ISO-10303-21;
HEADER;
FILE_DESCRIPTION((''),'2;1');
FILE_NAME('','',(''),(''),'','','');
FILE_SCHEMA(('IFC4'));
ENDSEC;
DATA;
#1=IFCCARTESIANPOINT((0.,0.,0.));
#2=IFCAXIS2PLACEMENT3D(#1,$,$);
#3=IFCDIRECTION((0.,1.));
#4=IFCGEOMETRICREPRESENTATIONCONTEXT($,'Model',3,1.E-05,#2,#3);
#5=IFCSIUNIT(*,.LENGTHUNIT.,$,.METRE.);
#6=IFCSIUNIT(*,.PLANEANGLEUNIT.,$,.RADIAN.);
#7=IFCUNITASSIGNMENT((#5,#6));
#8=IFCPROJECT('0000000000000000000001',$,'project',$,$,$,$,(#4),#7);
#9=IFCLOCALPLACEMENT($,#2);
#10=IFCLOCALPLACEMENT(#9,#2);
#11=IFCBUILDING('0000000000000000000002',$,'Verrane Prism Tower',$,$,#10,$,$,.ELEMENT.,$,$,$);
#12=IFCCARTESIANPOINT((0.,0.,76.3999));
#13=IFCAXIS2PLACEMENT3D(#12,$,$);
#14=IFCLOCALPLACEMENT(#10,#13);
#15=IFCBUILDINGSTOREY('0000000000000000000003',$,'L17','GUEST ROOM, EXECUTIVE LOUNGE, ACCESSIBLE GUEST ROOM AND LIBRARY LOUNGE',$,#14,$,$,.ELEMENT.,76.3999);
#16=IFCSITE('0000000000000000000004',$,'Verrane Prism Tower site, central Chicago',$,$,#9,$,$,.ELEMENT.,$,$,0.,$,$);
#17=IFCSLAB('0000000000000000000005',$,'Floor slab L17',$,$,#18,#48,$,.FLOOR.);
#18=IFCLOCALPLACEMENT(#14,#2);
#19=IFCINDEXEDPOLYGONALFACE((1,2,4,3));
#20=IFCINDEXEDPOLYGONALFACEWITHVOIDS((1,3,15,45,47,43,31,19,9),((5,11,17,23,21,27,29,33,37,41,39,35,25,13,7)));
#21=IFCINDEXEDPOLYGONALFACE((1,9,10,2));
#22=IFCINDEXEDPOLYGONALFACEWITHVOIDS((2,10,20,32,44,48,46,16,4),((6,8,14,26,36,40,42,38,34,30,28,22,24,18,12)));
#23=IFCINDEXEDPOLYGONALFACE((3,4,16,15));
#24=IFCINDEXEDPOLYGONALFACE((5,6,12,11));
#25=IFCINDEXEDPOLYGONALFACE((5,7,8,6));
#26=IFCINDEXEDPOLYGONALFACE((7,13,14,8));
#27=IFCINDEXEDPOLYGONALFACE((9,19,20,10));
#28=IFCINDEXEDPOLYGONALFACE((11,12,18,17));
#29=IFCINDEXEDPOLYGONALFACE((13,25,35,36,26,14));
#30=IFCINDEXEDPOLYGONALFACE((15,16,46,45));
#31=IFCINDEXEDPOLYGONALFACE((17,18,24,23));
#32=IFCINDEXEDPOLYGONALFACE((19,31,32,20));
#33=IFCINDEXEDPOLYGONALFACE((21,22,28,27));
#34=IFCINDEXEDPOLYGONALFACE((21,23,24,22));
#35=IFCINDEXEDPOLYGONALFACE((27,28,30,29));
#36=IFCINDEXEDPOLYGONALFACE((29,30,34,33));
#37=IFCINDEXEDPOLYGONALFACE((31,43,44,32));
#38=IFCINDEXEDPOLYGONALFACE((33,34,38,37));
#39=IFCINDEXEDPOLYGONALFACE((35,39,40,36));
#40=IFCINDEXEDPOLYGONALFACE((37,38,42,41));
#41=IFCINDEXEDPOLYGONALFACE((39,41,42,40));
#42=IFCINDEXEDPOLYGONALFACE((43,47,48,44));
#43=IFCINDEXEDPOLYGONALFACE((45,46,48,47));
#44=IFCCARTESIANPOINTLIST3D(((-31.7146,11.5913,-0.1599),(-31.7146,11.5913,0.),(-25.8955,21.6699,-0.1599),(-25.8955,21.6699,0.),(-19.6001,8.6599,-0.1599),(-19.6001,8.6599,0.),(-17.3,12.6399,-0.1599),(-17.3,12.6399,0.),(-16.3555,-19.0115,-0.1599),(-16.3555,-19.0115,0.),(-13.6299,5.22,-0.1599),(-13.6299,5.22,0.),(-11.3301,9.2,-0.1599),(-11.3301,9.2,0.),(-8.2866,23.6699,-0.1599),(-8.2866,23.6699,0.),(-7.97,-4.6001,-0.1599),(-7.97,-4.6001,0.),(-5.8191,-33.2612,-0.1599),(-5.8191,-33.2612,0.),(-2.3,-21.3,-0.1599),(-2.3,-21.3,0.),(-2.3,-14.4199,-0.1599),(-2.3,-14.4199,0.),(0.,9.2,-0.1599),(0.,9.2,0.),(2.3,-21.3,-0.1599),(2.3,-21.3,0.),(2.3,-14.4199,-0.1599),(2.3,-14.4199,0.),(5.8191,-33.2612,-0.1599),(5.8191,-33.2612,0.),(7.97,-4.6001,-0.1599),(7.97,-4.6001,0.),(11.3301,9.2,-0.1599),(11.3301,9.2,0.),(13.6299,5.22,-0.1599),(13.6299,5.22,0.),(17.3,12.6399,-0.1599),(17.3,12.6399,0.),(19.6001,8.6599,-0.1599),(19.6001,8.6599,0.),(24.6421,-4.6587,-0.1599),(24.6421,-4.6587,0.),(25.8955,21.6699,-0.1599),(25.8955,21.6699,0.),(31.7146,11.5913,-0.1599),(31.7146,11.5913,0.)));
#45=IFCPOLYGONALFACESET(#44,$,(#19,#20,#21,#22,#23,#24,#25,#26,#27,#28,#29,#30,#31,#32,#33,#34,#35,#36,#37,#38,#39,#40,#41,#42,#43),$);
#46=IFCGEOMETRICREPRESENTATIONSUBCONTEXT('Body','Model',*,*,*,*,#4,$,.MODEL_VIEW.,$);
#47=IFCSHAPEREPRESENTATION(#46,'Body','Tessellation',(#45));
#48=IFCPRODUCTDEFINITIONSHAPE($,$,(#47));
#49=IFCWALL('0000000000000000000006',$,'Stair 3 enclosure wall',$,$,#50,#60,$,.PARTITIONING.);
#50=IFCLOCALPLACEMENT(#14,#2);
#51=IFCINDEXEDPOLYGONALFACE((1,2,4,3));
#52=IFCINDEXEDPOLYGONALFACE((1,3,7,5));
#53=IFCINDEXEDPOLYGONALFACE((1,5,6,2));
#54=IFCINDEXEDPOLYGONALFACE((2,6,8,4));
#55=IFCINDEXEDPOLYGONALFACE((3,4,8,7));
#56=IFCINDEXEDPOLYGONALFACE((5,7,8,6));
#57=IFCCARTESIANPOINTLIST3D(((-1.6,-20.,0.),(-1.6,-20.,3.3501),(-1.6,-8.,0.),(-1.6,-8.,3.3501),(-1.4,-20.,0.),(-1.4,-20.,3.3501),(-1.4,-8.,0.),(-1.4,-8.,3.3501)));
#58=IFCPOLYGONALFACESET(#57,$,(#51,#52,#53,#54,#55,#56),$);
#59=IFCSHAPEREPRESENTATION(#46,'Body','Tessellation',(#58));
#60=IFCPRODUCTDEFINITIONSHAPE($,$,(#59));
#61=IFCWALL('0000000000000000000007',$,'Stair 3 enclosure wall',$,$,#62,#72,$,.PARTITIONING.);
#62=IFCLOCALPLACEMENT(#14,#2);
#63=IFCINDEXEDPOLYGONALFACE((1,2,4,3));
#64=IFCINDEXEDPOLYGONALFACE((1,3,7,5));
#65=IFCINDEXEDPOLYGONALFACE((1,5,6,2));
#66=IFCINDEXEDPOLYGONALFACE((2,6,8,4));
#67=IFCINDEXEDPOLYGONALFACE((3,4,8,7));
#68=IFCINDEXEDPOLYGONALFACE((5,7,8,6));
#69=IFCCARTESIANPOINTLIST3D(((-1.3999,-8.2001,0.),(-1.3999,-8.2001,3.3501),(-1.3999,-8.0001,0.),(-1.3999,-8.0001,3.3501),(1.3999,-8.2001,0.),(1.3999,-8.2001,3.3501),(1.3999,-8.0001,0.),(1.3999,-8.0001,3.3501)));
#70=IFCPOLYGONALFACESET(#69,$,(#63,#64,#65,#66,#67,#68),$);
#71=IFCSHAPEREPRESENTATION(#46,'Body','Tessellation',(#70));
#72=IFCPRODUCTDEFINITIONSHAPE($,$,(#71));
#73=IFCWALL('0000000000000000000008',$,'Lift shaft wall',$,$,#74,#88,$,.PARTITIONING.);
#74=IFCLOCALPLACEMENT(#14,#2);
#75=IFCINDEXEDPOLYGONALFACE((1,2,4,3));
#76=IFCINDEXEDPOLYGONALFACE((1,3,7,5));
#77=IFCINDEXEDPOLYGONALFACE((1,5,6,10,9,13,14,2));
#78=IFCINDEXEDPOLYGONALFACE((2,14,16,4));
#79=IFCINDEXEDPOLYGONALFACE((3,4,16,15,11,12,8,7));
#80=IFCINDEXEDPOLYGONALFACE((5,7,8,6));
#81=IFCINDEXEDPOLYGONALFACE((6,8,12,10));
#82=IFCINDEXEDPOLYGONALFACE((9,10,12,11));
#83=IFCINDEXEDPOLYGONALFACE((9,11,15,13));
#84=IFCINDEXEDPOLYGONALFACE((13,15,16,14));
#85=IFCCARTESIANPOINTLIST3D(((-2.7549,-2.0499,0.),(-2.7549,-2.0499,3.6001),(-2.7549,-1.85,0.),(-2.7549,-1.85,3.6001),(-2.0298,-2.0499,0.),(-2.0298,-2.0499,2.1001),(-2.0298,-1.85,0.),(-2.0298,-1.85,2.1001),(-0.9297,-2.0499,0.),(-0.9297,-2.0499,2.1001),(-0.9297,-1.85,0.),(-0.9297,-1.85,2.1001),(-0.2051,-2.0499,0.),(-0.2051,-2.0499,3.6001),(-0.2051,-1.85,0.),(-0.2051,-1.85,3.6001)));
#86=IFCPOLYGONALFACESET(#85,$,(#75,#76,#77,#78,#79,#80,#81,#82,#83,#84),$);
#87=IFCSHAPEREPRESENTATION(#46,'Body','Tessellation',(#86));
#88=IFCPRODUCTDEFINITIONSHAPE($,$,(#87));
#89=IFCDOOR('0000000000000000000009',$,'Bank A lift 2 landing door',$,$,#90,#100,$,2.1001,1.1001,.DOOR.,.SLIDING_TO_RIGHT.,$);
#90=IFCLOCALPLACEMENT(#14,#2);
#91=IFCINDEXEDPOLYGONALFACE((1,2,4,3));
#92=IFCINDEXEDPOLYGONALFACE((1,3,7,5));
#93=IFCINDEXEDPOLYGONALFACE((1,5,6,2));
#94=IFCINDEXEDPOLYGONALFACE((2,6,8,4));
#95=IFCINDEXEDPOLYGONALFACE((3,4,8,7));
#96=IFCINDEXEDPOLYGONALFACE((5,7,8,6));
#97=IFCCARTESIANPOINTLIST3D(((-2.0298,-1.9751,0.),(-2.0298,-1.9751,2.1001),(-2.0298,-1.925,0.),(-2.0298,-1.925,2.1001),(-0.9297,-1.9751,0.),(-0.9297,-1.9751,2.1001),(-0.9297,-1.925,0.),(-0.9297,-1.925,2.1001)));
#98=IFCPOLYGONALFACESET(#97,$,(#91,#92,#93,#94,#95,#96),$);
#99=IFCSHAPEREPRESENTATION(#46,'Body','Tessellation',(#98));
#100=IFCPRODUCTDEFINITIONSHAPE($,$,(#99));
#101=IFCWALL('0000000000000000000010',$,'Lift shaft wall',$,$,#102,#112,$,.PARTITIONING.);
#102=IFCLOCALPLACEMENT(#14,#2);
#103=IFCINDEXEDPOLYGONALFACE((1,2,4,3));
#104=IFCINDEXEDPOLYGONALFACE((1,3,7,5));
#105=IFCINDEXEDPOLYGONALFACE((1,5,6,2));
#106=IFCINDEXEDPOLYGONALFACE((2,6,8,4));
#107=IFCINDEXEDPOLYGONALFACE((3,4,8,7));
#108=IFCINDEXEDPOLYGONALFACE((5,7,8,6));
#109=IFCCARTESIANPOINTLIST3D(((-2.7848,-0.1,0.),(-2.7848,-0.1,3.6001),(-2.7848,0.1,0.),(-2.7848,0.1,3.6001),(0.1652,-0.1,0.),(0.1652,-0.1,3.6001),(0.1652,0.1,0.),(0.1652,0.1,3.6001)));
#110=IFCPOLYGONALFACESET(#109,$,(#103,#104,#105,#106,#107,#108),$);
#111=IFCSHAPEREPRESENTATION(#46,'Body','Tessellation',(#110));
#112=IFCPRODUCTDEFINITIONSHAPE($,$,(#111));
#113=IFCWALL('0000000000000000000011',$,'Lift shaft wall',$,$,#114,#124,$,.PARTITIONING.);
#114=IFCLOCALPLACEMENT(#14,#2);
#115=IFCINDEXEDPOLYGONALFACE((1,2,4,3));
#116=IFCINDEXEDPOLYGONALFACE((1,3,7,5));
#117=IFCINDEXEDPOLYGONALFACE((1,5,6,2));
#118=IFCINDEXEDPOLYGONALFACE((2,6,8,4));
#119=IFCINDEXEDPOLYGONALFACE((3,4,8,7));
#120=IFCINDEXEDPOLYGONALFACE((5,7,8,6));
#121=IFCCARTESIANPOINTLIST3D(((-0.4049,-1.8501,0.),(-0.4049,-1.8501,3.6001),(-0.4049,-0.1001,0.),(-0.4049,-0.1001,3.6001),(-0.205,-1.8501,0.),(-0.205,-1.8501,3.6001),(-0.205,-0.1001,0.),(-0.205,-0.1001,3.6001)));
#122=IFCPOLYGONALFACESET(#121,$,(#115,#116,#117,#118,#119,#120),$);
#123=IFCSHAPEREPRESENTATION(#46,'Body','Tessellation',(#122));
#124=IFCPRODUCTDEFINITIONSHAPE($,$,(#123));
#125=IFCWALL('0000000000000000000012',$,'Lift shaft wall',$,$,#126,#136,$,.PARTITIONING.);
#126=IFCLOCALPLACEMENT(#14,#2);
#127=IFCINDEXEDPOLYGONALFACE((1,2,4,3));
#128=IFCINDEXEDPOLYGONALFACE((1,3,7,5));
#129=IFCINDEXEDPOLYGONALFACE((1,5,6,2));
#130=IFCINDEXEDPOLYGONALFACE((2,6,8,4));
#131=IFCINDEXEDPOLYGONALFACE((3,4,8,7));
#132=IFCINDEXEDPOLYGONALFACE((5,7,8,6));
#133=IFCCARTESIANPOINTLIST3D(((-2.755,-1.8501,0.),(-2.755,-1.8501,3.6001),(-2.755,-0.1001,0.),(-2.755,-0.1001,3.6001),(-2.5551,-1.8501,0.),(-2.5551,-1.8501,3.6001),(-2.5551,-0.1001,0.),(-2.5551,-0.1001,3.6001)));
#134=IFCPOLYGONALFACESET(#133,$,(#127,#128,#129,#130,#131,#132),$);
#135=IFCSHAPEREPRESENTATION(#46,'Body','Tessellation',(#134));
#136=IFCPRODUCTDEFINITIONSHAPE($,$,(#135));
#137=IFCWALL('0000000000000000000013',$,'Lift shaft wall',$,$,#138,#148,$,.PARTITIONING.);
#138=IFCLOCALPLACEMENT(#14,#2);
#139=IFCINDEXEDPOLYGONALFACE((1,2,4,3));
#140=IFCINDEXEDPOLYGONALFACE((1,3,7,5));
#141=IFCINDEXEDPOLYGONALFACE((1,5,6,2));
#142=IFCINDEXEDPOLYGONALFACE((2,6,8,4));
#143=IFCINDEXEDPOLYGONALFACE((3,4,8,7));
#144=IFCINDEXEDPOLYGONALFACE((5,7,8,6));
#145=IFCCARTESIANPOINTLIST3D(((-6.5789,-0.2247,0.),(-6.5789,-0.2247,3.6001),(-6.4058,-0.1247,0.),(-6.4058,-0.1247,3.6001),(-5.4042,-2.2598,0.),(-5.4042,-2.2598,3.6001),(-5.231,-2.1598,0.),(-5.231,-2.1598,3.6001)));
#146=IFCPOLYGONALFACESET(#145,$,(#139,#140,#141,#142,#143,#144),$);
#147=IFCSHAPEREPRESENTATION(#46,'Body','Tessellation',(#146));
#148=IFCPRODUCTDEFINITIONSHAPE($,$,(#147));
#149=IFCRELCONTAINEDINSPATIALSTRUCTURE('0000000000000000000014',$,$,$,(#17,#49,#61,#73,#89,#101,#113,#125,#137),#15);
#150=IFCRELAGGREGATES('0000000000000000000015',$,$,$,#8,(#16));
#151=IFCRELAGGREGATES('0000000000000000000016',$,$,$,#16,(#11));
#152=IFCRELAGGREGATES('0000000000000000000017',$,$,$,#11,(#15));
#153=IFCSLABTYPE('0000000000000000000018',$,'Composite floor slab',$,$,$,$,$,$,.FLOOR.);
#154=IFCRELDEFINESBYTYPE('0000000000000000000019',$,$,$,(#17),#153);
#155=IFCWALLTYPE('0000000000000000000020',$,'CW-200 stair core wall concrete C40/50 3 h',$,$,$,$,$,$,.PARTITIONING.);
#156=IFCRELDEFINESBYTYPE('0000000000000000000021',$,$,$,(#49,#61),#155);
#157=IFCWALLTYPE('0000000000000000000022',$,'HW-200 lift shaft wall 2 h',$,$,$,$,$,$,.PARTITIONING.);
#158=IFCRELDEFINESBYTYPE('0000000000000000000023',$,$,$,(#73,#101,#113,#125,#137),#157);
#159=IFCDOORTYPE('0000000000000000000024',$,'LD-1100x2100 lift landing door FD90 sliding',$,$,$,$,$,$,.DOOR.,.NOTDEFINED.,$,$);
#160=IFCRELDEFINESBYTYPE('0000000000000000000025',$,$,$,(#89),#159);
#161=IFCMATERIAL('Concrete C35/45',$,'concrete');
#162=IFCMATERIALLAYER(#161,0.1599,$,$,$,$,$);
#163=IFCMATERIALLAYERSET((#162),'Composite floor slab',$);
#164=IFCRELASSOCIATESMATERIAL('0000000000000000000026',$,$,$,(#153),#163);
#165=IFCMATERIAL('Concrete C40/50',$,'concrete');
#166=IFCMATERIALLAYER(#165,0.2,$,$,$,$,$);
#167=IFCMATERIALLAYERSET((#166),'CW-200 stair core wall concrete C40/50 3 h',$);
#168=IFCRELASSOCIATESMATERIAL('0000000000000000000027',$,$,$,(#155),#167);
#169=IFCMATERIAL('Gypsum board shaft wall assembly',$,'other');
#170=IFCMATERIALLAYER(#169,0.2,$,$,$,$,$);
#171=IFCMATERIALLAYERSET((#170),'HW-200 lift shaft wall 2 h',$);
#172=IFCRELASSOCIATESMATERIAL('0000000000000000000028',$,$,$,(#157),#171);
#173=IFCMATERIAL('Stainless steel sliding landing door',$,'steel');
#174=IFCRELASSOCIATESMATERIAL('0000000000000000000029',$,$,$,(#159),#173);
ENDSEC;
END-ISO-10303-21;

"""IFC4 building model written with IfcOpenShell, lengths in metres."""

from ifc_helpers import new_model, si_unit, direction, frame, frame_2d, origin, place, context, subcontext, project, spatial, polyline, rectangle, outline, extrude, material, layer, layer_set, type_object, element, fill, save


model = new_model("IFC4")

# Units and contexts
model_context = context("Model", 3, precision=1e-05, world=origin(), true_north=direction((0.0, 1.0)))
body_context = subcontext(model_context, "Body", "Model", "MODEL_VIEW")
ifc_project = project(units=[si_unit("LENGTHUNIT", "METRE"), si_unit("PLANEANGLEUNIT", "RADIAN")], contexts=[model_context])

# Site, building, storey
site_placement = place(None, origin())
site = spatial("IfcSite", under=ifc_project, at=site_placement, Name="Verrane Prism Tower site, central Chicago", CompositionType="ELEMENT", RefElevation=0.0)
building_placement = place(site_placement, origin())
building = spatial("IfcBuilding", under=site, at=building_placement, Name="Verrane Prism Tower", CompositionType="ELEMENT")
storey_placement = place(building_placement, frame((0.0, 0.0, 76.3999)))
storey = spatial("IfcBuildingStorey", under=building, at=storey_placement, Name="L17", Description="GUEST ROOM, EXECUTIVE LOUNGE, ACCESSIBLE GUEST ROOM AND LIBRARY LOUNGE", CompositionType="ELEMENT", Elevation=76.3999)

# Slab
ifc_material_1 = material(Name="Concrete C35/45", Category="concrete")
ifc_layer_1 = layer(ifc_material_1, 0.1599)
ifc_layer_set_1 = layer_set([ifc_layer_1], Name="Composite floor slab")
slab_type = type_object("IfcSlabType", Name="Composite floor slab", PredefinedType="FLOOR", material=ifc_layer_set_1)
slab_placement = place(storey_placement, frame((0.0, 0.0, -0.1599)))
element("IfcSlab", 1, at=slab_placement, inside=storey, type_object=slab_type, Name="Floor slab L17", PredefinedType="FLOOR", context=body_context, shape_type="SweptSolid", body=[
    extrude(outline(polyline([(24.6421, -4.6587), (5.8191, -33.2612), (-5.8191, -33.2612), (-16.3555, -19.0115), (-31.7146, 11.5913), (-25.8955, 21.6699), (-8.2866, 23.6699), (25.8955, 21.6699), (31.7146, 11.5913), (24.6421, -4.6587)]), holes=[polyline([(19.6001, 8.6599), (17.3, 12.6399), (11.3301, 9.2), (0.0, 9.2), (-11.3301, 9.2), (-17.3, 12.6399), (-19.6001, 8.6599), (-13.6299, 5.22), (-7.97, -4.6001), (-2.3, -14.4199), (-2.3, -21.3), (2.3, -21.3), (2.3, -14.4199), (7.97, -4.6001), (13.6299, 5.22), (19.6001, 8.6599)])]), origin(), (0.0, 0.0, 1.0), 0.1599),
])

# Walls
ifc_material_2 = material(Name="Concrete C40/50", Category="concrete")
ifc_layer_2 = layer(ifc_material_2, 0.2)
ifc_layer_set_2 = layer_set([ifc_layer_2], Name="CW-200 stair core wall concrete C40/50 3 h")
wall_type_1 = type_object("IfcWallType", Name="CW-200 stair core wall concrete C40/50 3 h", PredefinedType="PARTITIONING", material=ifc_layer_set_2)
wall_1_placement = place(storey_placement, frame((-1.5, -8.0, 0.0), z_axis=(0.0, 0.0, 1.0), x_axis=(0.0, -1.0, 0.0)))
element("IfcWall", 2, at=wall_1_placement, inside=storey, type_object=wall_type_1, Name="Stair 3 enclosure wall", PredefinedType="PARTITIONING", context=body_context, shape_type="SweptSolid", body=[
    extrude(rectangle(XDim=12.0, YDim=0.2, at=frame_2d((6.0, 0.0))), origin(), (0.0, 0.0, 1.0), 3.3501),
])
wall_2_placement = place(storey_placement, frame((-1.3999, -8.1001, 0.0), z_axis=(0.0, 0.0, 1.0), x_axis=(1.0, 0.0, 0.0)))
element("IfcWall", 3, at=wall_2_placement, inside=storey, type_object=wall_type_1, Name="Stair 3 enclosure wall", PredefinedType="PARTITIONING", context=body_context, shape_type="SweptSolid", body=[
    extrude(rectangle(XDim=2.7998, YDim=0.2, at=frame_2d((1.3999, 0.0))), origin(), (0.0, 0.0, 1.0), 3.3501),
])

# Wall, opening, door
ifc_material_3 = material(Name="Gypsum board shaft wall assembly", Category="other")
ifc_layer_3 = layer(ifc_material_3, 0.2)
ifc_layer_set_3 = layer_set([ifc_layer_3], Name="HW-200 lift shaft wall 2 h")
wall_type_2 = type_object("IfcWallType", Name="HW-200 lift shaft wall 2 h", PredefinedType="PARTITIONING", material=ifc_layer_set_3)
wall_3_placement = place(storey_placement, frame((-2.7549, -1.95, 0.0), z_axis=(0.0, 0.0, 1.0), x_axis=(1.0, 0.0, 0.0)))
wall_3 = element("IfcWall", 4, at=wall_3_placement, inside=storey, type_object=wall_type_2, Name="Lift shaft wall", PredefinedType="PARTITIONING", context=body_context, shape_type="SweptSolid", body=[
    extrude(rectangle(XDim=2.5498, YDim=0.2, at=frame_2d((1.2749, 0.0))), origin(), (0.0, 0.0, 1.0), 3.6001),
])
opening_1_placement = place(wall_3_placement, frame((0.7251, 0.0, 0.0)))
opening_1 = element("IfcOpeningElement", 5, at=opening_1_placement, cuts=wall_3, PredefinedType="OPENING", context=body_context, shape_type="SweptSolid", body=[
    extrude(rectangle(XDim=1.1001, YDim=2.1001, at=frame_2d((0.55, 1.05))), frame((0.0, 0.1099, 0.0), z_axis=(0.0, -1.0, 0.0), x_axis=(1.0, 0.0, 0.0)), (0.0, 0.0, 1.0), 0.22),
])
ifc_material_4 = material(Name="Stainless steel sliding landing door", Category="steel")
door_type_1 = type_object("IfcDoorType", Name="LD-1100x2100 lift landing door FD90 sliding", OperationType="NOTDEFINED", PredefinedType="DOOR", material=ifc_material_4)
door_1_placement = place(opening_1_placement, origin())
door_1 = element("IfcDoor", 6, at=door_1_placement, inside=storey, type_object=door_type_1, Name="Bank A lift 2 landing door", OperationType="SLIDING_TO_RIGHT", OverallHeight=2.1001, OverallWidth=1.1001, PredefinedType="DOOR", context=body_context, shape_type="SweptSolid", body=[
    extrude(rectangle(XDim=1.1001, YDim=2.1001, at=frame_2d((0.55, 1.05))), frame((0.0, 0.0249, 0.0), z_axis=(0.0, -1.0, 0.0), x_axis=(1.0, 0.0, 0.0)), (0.0, 0.0, 1.0), 0.05),
])
fill(opening_1, door_1)

# Walls
wall_4_placement = place(storey_placement, frame((-2.7849, 0.0, 0.0), z_axis=(0.0, 0.0, 1.0), x_axis=(1.0, 0.0, 0.0)))
element("IfcWall", 7, at=wall_4_placement, inside=storey, type_object=wall_type_2, Name="Lift shaft wall", PredefinedType="PARTITIONING", context=body_context, shape_type="SweptSolid", body=[
    extrude(rectangle(XDim=2.95, YDim=0.2, at=frame_2d((1.4751, 0.0))), origin(), (0.0, 0.0, 1.0), 3.6001),
])
for number, where, z_axis, x_axis, name in (
    (8, (-0.3049, -1.8501, 0.0), (0.0, 0.0, 1.0), (0.0, 1.0, 0.0), "Lift shaft wall"),
    (9, (-2.655, -1.8501, 0.0), (0.0, 0.0, 1.0), (0.0, 1.0, 0.0), "Lift shaft wall"),
):
    element("IfcWall", number, at=place(storey_placement, frame(where, z_axis=z_axis, x_axis=x_axis)), inside=storey, type_object=wall_type_2, Name=name, PredefinedType="PARTITIONING", context=body_context, shape_type="SweptSolid", body=[
        extrude(rectangle(XDim=1.75, YDim=0.2, at=frame_2d((0.875, 0.0))), origin(), (0.0, 0.0, 1.0), 3.6001),
    ])
wall_5_placement = place(storey_placement, frame((-5.3176, -2.2097, 0.0), z_axis=(0.0, 0.0, 1.0), x_axis=(-0.499938, 0.866061, 0.0)))
element("IfcWall", 10, at=wall_5_placement, inside=storey, type_object=wall_type_2, Name="Lift shaft wall", PredefinedType="PARTITIONING", context=body_context, shape_type="SweptSolid", body=[
    extrude(rectangle(XDim=2.3499, YDim=0.2, at=frame_2d((1.1748, 0.0))), origin(), (0.0, 0.0, 1.0), 3.6001),
])

save(model, "model.ifc")
